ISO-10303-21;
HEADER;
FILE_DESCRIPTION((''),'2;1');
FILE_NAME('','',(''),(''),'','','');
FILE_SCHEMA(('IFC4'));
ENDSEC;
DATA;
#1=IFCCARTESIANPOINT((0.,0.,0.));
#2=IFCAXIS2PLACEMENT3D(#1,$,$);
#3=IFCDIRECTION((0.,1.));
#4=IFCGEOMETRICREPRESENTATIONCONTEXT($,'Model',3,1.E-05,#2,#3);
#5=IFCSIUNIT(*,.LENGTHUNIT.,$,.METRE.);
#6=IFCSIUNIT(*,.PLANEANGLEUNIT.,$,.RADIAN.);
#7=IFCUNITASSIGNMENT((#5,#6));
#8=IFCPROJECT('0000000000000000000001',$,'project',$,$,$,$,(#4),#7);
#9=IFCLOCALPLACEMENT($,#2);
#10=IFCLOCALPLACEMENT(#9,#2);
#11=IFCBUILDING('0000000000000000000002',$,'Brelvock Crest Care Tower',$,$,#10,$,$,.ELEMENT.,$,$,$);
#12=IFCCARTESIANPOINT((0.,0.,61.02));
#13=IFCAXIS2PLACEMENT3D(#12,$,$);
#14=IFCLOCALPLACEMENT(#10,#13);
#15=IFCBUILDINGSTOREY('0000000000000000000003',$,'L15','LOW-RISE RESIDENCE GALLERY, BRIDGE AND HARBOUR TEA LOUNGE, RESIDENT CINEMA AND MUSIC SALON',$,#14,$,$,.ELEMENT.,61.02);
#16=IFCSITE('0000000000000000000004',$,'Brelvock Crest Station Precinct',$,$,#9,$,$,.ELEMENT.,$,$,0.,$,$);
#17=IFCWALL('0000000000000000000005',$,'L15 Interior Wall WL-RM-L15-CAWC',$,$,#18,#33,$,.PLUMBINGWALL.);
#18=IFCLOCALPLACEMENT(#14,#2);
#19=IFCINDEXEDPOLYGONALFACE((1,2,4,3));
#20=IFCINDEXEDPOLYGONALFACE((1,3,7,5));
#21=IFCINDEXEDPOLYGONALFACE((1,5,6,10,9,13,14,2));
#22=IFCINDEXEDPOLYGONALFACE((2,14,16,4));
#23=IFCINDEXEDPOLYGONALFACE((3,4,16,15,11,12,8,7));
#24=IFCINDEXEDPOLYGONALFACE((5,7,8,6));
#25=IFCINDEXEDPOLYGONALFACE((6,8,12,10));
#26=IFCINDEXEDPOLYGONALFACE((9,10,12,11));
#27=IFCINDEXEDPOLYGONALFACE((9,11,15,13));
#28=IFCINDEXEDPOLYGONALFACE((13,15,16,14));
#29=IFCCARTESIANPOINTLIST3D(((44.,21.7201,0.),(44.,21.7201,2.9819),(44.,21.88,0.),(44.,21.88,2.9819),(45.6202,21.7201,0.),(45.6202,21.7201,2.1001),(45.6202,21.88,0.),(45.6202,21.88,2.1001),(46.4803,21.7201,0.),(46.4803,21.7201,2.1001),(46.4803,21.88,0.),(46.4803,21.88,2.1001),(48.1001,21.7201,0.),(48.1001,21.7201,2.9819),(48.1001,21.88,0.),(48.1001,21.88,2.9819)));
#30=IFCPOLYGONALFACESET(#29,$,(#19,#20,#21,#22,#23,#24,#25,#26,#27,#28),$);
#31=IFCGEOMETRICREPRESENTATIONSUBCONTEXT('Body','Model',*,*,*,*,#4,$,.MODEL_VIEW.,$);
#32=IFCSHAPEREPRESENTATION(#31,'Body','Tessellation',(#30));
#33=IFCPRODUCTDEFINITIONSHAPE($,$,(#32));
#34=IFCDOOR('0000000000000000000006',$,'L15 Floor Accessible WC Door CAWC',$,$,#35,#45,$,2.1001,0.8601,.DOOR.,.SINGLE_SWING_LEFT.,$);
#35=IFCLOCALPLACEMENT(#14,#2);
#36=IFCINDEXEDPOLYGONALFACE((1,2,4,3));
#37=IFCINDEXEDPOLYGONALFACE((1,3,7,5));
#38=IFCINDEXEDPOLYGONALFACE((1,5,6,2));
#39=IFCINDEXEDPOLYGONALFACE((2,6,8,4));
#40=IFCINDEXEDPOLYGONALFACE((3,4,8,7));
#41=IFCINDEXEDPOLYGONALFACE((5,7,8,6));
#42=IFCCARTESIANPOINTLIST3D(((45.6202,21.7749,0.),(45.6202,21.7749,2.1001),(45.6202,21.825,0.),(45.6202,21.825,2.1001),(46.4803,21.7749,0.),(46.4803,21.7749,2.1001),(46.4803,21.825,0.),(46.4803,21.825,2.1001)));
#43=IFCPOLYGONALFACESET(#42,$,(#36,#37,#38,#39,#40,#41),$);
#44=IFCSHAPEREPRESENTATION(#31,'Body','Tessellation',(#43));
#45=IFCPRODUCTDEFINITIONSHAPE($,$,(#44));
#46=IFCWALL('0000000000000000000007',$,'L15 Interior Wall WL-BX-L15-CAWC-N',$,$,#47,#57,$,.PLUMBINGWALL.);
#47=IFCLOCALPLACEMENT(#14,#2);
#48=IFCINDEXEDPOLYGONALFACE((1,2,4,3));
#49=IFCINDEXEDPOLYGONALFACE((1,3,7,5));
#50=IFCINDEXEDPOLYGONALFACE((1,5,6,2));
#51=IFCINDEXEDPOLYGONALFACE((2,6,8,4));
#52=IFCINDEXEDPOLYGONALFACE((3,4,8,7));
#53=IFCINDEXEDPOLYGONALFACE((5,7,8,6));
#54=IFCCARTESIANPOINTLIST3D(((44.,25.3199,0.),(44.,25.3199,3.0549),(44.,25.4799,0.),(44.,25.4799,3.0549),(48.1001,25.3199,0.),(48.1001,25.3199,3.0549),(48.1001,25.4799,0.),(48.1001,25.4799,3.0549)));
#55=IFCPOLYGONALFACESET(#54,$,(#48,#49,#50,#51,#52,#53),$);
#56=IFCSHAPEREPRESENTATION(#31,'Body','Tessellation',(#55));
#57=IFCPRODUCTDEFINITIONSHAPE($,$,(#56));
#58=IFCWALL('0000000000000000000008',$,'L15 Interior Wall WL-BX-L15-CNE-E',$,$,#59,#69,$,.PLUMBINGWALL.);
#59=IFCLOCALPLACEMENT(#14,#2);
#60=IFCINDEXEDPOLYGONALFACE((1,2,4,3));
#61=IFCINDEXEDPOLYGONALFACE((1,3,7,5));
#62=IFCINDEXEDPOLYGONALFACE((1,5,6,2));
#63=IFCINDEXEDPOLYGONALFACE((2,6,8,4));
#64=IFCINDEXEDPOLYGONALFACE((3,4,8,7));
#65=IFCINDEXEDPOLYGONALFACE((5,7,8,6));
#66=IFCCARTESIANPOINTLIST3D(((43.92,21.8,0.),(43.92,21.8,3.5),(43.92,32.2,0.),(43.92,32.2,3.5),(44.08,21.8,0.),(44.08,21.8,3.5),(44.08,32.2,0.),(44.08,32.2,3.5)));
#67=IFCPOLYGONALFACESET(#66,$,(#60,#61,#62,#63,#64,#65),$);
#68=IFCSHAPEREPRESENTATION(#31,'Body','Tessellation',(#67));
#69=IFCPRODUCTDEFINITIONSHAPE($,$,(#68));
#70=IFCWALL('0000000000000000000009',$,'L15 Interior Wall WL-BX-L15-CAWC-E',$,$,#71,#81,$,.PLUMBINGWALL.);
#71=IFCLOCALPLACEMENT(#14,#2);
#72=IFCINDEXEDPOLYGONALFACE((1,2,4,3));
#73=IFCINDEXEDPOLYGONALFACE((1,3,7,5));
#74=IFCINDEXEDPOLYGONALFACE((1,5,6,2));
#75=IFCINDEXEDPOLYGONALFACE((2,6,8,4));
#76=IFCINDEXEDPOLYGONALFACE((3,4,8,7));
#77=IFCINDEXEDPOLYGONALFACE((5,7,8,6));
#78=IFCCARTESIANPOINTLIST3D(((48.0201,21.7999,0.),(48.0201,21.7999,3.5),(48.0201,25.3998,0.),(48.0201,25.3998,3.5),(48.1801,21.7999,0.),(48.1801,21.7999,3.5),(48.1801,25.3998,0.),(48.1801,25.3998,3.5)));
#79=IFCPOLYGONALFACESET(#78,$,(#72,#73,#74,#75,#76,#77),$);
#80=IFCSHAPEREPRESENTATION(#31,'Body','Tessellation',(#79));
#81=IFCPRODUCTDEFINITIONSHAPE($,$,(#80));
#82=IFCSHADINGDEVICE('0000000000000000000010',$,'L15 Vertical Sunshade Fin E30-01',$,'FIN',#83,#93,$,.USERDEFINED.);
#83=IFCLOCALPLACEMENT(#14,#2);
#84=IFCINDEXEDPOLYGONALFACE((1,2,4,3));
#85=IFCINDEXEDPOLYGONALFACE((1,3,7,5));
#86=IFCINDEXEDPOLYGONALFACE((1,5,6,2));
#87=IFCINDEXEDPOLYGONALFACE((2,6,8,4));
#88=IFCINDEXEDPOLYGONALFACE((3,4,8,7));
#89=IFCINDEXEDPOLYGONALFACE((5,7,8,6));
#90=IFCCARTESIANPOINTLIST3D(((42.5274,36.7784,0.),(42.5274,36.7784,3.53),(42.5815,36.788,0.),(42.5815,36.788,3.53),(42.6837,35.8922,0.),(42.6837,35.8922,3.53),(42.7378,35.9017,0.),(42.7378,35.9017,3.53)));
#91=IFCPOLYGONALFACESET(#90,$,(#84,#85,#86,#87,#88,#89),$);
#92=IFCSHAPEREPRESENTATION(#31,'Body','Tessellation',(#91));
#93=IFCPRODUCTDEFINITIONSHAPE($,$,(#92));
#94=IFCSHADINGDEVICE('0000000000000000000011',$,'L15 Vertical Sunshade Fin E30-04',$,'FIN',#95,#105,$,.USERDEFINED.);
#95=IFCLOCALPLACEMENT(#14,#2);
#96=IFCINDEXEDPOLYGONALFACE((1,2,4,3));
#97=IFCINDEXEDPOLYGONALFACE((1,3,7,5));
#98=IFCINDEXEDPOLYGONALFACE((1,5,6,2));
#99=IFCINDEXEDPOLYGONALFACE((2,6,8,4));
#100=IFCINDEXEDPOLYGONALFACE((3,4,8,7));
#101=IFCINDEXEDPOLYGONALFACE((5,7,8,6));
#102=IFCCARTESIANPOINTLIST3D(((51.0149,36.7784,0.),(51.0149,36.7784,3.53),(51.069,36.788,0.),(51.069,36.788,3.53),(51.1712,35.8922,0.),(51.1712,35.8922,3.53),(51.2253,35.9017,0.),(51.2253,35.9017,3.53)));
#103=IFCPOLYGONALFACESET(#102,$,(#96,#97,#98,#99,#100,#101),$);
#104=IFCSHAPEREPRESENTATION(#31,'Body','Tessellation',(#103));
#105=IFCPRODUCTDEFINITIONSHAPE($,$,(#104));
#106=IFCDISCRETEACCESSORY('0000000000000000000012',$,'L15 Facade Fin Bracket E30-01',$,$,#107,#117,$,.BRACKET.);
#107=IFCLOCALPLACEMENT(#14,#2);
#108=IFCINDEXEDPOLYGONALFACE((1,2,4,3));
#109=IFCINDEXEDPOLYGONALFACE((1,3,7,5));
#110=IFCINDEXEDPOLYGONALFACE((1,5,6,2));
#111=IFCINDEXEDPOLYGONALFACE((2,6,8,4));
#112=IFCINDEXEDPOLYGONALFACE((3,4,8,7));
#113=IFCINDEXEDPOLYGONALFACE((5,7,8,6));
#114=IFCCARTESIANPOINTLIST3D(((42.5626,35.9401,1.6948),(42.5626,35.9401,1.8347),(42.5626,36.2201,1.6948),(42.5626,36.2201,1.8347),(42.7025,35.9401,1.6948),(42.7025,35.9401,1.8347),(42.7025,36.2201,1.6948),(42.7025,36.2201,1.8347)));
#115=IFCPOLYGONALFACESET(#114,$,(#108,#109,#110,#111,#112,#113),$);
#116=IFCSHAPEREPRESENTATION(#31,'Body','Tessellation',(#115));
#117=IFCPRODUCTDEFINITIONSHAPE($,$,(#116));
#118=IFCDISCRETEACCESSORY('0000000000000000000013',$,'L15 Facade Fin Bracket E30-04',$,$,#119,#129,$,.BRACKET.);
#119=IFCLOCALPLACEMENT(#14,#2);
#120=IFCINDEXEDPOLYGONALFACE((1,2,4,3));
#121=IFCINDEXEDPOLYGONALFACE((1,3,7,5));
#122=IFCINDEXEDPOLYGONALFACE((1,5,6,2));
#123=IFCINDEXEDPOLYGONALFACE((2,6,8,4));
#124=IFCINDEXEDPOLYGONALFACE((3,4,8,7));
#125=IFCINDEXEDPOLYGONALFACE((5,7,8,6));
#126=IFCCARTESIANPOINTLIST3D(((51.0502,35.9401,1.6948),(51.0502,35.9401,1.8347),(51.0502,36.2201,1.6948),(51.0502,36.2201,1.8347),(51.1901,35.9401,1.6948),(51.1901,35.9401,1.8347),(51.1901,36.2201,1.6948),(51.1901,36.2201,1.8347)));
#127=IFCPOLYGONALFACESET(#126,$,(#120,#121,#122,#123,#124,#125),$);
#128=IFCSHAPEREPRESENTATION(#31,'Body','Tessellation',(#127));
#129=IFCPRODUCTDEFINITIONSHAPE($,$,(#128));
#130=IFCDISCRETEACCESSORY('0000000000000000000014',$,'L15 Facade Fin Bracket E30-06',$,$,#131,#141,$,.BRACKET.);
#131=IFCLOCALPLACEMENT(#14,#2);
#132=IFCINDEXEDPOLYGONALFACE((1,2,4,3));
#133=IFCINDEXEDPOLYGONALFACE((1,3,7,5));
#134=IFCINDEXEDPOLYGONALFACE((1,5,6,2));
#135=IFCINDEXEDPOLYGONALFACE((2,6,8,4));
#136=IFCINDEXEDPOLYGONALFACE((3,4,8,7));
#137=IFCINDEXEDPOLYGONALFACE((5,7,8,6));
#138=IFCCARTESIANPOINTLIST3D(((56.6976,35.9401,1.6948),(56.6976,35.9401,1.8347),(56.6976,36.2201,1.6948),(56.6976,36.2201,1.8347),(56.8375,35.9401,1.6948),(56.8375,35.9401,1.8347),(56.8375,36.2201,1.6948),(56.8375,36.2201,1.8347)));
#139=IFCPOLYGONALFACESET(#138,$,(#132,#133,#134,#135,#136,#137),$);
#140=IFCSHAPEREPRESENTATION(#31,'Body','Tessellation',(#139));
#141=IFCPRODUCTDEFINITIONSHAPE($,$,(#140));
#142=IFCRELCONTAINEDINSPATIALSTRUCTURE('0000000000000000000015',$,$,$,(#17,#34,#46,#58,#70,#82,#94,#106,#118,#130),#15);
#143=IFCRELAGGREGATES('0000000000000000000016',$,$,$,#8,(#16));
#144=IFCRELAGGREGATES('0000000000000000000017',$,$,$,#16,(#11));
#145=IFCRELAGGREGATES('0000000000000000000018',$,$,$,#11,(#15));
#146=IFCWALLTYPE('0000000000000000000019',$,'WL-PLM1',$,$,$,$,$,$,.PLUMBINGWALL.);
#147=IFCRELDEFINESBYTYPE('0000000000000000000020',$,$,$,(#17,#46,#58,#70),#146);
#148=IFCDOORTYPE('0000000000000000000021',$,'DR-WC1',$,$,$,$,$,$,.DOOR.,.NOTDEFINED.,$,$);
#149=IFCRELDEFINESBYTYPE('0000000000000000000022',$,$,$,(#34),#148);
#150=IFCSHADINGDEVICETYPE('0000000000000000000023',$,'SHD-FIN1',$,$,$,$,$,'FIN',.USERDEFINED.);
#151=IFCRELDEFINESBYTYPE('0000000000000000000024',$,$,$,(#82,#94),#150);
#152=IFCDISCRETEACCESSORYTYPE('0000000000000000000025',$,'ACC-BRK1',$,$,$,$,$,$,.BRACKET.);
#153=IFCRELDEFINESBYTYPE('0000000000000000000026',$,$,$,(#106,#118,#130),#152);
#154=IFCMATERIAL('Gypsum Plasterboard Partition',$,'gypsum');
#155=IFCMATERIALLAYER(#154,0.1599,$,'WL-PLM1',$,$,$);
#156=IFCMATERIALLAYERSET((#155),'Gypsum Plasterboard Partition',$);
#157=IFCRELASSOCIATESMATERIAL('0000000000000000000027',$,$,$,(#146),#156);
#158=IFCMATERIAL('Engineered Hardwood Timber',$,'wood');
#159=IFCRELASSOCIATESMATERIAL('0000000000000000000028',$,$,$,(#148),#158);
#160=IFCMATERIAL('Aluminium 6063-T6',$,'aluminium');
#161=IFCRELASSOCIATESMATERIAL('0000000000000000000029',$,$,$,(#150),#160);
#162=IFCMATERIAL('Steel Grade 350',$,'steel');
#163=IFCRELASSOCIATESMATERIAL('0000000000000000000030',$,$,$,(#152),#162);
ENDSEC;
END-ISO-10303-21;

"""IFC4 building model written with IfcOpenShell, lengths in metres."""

from ifc_helpers import new_model, si_unit, direction, frame, frame_2d, origin, origin_2d, place, context, subcontext, project, spatial, rectangle, extrude, source, transform, mapped, material, layer, layer_set, material_profile, profile_set, type_object, element, fill, save


model = new_model("IFC4")

# Units and contexts
model_context = context("Model", 3, precision=1e-05, world=origin(), true_north=direction((0.0, 1.0)))
body_context = subcontext(model_context, "Body", "Model", "MODEL_VIEW")
ifc_project = project(units=[si_unit("LENGTHUNIT", "METRE"), si_unit("PLANEANGLEUNIT", "RADIAN")], contexts=[model_context])

# Site, building, storey
site_placement = place(None, origin())
site = spatial("IfcSite", under=ifc_project, at=site_placement, Name="Brelvock Crest Station Precinct", CompositionType="ELEMENT", RefElevation=0.0)
building_placement = place(site_placement, origin())
building = spatial("IfcBuilding", under=site, at=building_placement, Name="Brelvock Crest Care Tower", CompositionType="ELEMENT")
storey_placement = place(building_placement, frame((0.0, 0.0, 61.02)))
storey = spatial("IfcBuildingStorey", under=building, at=storey_placement, Name="L15", Description="LOW-RISE RESIDENCE GALLERY, BRIDGE AND HARBOUR TEA LOUNGE, RESIDENT CINEMA AND MUSIC SALON", CompositionType="ELEMENT", Elevation=61.02)

# Shared definitions
ifc_material_1 = material(Name="Aluminium 6063-T6", Category="aluminium")

# Wall, opening, door
ifc_material_2 = material(Name="Engineered Hardwood Timber", Category="wood")
ifc_material_3 = material(Name="Gypsum Plasterboard Partition", Category="gypsum")
ifc_layer_1 = layer(ifc_material_3, 0.1599, Name="WL-PLM1")
ifc_layer_set_1 = layer_set([ifc_layer_1], Name="Gypsum Plasterboard Partition")
wall_type_1 = type_object("IfcWallType", Name="WL-PLM1", PredefinedType="PLUMBINGWALL", material=ifc_layer_set_1)
wall_1_placement = place(storey_placement, frame((44.0, 21.8, 0.0), z_axis=(0.0, 0.0, 1.0), x_axis=(1.0, 0.0, 0.0)))
wall_1 = element("IfcWall", 1, at=wall_1_placement, inside=storey, type_object=wall_type_1, Name="L15 Interior Wall WL-RM-L15-CAWC", PredefinedType="PLUMBINGWALL", context=body_context, shape_type="SweptSolid", body=[
    extrude(rectangle(XDim=4.1001, YDim=0.1599, at=frame_2d((2.05, 0.0))), origin(), (0.0, 0.0, 1.0), 2.9819),
])
opening_1_placement = place(wall_1_placement, frame((1.6201, 0.0, 0.0)))
opening_1 = element("IfcOpeningElement", 2, at=opening_1_placement, cuts=wall_1, PredefinedType="OPENING", context=body_context, shape_type="SweptSolid", body=[
    extrude(rectangle(XDim=0.8601, YDim=2.1001, at=origin_2d()), frame((0.4302, 0.0898, 1.05), z_axis=(0.0, -1.0, 0.0), x_axis=(1.0, 0.0, 0.0)), (0.0, 0.0, 1.0), 0.1799),
])
door_type_1 = type_object("IfcDoorType", Name="DR-WC1", OperationType="NOTDEFINED", PredefinedType="DOOR", material=ifc_material_2)
shared_shape_1 = source(origin(), body_context, "Body", "SweptSolid", [
    extrude(rectangle(XDim=0.8601, YDim=2.1001, at=origin_2d()), frame((0.4302, 0.0249, 1.05), z_axis=(0.0, -1.0, 0.0), x_axis=(1.0, 0.0, 0.0)), (0.0, 0.0, 1.0), 0.05),
])
door_1_placement = place(opening_1_placement, origin())
door_1 = element("IfcDoor", 3, at=door_1_placement, inside=storey, type_object=door_type_1, Name="L15 Floor Accessible WC Door CAWC", OperationType="SINGLE_SWING_LEFT", OverallHeight=2.1001, OverallWidth=0.8601, PredefinedType="DOOR", context=body_context, shape_type="MappedRepresentation", body=[
    mapped(shared_shape_1, transform((0.0, 0.0, 0.0), x_axis=(1.0, 0.0, 0.0), y_axis=(0.0, 1.0, 0.0), z_axis=(0.0, 0.0, 1.0), scale=1.0)),
])
fill(opening_1, door_1)

# Walls
wall_2_placement = place(storey_placement, frame((44.0, 25.3999, 0.0), z_axis=(0.0, 0.0, 1.0), x_axis=(1.0, 0.0, 0.0)))
element("IfcWall", 4, at=wall_2_placement, inside=storey, type_object=wall_type_1, Name="L15 Interior Wall WL-BX-L15-CAWC-N", PredefinedType="PLUMBINGWALL", context=body_context, shape_type="SweptSolid", body=[
    extrude(rectangle(XDim=4.1001, YDim=0.1599, at=frame_2d((2.05, 0.0))), origin(), (0.0, 0.0, 1.0), 3.0549),
])
wall_3_placement = place(storey_placement, frame((44.0, 21.8, 0.0), z_axis=(0.0, 0.0, 1.0), x_axis=(0.0, 1.0, 0.0)))
element("IfcWall", 5, at=wall_3_placement, inside=storey, type_object=wall_type_1, Name="L15 Interior Wall WL-BX-L15-CNE-E", PredefinedType="PLUMBINGWALL", context=body_context, shape_type="SweptSolid", body=[
    extrude(rectangle(XDim=10.3999, YDim=0.1599, at=frame_2d((5.2, 0.0))), origin(), (0.0, 0.0, 1.0), 3.5),
])
wall_4_placement = place(storey_placement, frame((48.1001, 21.8, 0.0), z_axis=(0.0, 0.0, 1.0), x_axis=(0.0, 1.0, 0.0)))
element("IfcWall", 6, at=wall_4_placement, inside=storey, type_object=wall_type_1, Name="L15 Interior Wall WL-BX-L15-CAWC-E", PredefinedType="PLUMBINGWALL", context=body_context, shape_type="SweptSolid", body=[
    extrude(rectangle(XDim=3.5999, YDim=0.1599, at=frame_2d((1.7998, 0.0))), origin(), (0.0, 0.0, 1.0), 3.5),
])

# Shading devices
ifc_material_profile_1 = material_profile(ifc_material_1, rectangle(XDim=0.0549, YDim=0.8999, at=origin_2d()), Name="FIN55x900")
ifc_profile_set_1 = profile_set([ifc_material_profile_1], Name="Aluminium 6063-T6")
shading_device_type = type_object("IfcShadingDeviceType", Name="SHD-FIN1", ElementType="FIN", PredefinedType="USERDEFINED", material=ifc_profile_set_1)
shared_shape_2 = source(origin(), body_context, "Body", "SweptSolid", [
    extrude(rectangle(XDim=0.0549, YDim=0.8999, at=origin_2d()), origin(), (0.0, 0.0, 1.0), 3.53),
])
for number, where, z_axis, x_axis, name in (
    (7, (42.6326, 36.3401, 0.0), (0.0, 0.0, 1.0), (0.984808, 0.173648, 0.0), "L15 Vertical Sunshade Fin E30-01"),
    (8, (51.1201, 36.3401, 0.0), (0.0, 0.0, 1.0), (0.984808, 0.173648, 0.0), "L15 Vertical Sunshade Fin E30-04"),
):
    element("IfcShadingDevice", number, at=place(storey_placement, frame(where, z_axis=z_axis, x_axis=x_axis)), inside=storey, type_object=shading_device_type, Name=name, ObjectType="FIN", PredefinedType="USERDEFINED", context=body_context, shape_type="MappedRepresentation", body=[
        mapped(shared_shape_2, transform((0.0, 0.0, 0.0), x_axis=(1.0, 0.0, 0.0), y_axis=(0.0, 1.0, 0.0), z_axis=(0.0, 0.0, 1.0), scale=1.0)),
    ])

# Discrete accessories
ifc_material_4 = material(Name="Steel Grade 350", Category="steel")
discrete_accessory_type = type_object("IfcDiscreteAccessoryType", Name="ACC-BRK1", PredefinedType="BRACKET", material=ifc_material_4)
shared_shape_3 = source(origin(), body_context, "Body", "SweptSolid", [
    extrude(rectangle(XDim=0.28, YDim=0.1399, at=origin_2d()), origin(), (0.0, 0.0, 1.0), 0.1399),
])
for number, where, z_axis, x_axis, name in (
    (9, (42.6326, 36.0801, 1.6948), (0.0, 0.0, 1.0), (0.0, 1.0, 0.0), "L15 Facade Fin Bracket E30-01"),
    (10, (51.1201, 36.0801, 1.6948), (0.0, 0.0, 1.0), (0.0, 1.0, 0.0), "L15 Facade Fin Bracket E30-04"),
    (11, (56.7676, 36.0801, 1.6948), (0.0, 0.0, 1.0), (0.0, 1.0, 0.0), "L15 Facade Fin Bracket E30-06"),
):
    element("IfcDiscreteAccessory", number, at=place(storey_placement, frame(where, z_axis=z_axis, x_axis=x_axis)), inside=storey, type_object=discrete_accessory_type, Name=name, PredefinedType="BRACKET", context=body_context, shape_type="MappedRepresentation", body=[
        mapped(shared_shape_3, transform((0.0, 0.0, 0.0), x_axis=(1.0, 0.0, 0.0), y_axis=(0.0, 1.0, 0.0), z_axis=(0.0, 0.0, 1.0), scale=1.0)),
    ])

save(model, "model.ifc")
